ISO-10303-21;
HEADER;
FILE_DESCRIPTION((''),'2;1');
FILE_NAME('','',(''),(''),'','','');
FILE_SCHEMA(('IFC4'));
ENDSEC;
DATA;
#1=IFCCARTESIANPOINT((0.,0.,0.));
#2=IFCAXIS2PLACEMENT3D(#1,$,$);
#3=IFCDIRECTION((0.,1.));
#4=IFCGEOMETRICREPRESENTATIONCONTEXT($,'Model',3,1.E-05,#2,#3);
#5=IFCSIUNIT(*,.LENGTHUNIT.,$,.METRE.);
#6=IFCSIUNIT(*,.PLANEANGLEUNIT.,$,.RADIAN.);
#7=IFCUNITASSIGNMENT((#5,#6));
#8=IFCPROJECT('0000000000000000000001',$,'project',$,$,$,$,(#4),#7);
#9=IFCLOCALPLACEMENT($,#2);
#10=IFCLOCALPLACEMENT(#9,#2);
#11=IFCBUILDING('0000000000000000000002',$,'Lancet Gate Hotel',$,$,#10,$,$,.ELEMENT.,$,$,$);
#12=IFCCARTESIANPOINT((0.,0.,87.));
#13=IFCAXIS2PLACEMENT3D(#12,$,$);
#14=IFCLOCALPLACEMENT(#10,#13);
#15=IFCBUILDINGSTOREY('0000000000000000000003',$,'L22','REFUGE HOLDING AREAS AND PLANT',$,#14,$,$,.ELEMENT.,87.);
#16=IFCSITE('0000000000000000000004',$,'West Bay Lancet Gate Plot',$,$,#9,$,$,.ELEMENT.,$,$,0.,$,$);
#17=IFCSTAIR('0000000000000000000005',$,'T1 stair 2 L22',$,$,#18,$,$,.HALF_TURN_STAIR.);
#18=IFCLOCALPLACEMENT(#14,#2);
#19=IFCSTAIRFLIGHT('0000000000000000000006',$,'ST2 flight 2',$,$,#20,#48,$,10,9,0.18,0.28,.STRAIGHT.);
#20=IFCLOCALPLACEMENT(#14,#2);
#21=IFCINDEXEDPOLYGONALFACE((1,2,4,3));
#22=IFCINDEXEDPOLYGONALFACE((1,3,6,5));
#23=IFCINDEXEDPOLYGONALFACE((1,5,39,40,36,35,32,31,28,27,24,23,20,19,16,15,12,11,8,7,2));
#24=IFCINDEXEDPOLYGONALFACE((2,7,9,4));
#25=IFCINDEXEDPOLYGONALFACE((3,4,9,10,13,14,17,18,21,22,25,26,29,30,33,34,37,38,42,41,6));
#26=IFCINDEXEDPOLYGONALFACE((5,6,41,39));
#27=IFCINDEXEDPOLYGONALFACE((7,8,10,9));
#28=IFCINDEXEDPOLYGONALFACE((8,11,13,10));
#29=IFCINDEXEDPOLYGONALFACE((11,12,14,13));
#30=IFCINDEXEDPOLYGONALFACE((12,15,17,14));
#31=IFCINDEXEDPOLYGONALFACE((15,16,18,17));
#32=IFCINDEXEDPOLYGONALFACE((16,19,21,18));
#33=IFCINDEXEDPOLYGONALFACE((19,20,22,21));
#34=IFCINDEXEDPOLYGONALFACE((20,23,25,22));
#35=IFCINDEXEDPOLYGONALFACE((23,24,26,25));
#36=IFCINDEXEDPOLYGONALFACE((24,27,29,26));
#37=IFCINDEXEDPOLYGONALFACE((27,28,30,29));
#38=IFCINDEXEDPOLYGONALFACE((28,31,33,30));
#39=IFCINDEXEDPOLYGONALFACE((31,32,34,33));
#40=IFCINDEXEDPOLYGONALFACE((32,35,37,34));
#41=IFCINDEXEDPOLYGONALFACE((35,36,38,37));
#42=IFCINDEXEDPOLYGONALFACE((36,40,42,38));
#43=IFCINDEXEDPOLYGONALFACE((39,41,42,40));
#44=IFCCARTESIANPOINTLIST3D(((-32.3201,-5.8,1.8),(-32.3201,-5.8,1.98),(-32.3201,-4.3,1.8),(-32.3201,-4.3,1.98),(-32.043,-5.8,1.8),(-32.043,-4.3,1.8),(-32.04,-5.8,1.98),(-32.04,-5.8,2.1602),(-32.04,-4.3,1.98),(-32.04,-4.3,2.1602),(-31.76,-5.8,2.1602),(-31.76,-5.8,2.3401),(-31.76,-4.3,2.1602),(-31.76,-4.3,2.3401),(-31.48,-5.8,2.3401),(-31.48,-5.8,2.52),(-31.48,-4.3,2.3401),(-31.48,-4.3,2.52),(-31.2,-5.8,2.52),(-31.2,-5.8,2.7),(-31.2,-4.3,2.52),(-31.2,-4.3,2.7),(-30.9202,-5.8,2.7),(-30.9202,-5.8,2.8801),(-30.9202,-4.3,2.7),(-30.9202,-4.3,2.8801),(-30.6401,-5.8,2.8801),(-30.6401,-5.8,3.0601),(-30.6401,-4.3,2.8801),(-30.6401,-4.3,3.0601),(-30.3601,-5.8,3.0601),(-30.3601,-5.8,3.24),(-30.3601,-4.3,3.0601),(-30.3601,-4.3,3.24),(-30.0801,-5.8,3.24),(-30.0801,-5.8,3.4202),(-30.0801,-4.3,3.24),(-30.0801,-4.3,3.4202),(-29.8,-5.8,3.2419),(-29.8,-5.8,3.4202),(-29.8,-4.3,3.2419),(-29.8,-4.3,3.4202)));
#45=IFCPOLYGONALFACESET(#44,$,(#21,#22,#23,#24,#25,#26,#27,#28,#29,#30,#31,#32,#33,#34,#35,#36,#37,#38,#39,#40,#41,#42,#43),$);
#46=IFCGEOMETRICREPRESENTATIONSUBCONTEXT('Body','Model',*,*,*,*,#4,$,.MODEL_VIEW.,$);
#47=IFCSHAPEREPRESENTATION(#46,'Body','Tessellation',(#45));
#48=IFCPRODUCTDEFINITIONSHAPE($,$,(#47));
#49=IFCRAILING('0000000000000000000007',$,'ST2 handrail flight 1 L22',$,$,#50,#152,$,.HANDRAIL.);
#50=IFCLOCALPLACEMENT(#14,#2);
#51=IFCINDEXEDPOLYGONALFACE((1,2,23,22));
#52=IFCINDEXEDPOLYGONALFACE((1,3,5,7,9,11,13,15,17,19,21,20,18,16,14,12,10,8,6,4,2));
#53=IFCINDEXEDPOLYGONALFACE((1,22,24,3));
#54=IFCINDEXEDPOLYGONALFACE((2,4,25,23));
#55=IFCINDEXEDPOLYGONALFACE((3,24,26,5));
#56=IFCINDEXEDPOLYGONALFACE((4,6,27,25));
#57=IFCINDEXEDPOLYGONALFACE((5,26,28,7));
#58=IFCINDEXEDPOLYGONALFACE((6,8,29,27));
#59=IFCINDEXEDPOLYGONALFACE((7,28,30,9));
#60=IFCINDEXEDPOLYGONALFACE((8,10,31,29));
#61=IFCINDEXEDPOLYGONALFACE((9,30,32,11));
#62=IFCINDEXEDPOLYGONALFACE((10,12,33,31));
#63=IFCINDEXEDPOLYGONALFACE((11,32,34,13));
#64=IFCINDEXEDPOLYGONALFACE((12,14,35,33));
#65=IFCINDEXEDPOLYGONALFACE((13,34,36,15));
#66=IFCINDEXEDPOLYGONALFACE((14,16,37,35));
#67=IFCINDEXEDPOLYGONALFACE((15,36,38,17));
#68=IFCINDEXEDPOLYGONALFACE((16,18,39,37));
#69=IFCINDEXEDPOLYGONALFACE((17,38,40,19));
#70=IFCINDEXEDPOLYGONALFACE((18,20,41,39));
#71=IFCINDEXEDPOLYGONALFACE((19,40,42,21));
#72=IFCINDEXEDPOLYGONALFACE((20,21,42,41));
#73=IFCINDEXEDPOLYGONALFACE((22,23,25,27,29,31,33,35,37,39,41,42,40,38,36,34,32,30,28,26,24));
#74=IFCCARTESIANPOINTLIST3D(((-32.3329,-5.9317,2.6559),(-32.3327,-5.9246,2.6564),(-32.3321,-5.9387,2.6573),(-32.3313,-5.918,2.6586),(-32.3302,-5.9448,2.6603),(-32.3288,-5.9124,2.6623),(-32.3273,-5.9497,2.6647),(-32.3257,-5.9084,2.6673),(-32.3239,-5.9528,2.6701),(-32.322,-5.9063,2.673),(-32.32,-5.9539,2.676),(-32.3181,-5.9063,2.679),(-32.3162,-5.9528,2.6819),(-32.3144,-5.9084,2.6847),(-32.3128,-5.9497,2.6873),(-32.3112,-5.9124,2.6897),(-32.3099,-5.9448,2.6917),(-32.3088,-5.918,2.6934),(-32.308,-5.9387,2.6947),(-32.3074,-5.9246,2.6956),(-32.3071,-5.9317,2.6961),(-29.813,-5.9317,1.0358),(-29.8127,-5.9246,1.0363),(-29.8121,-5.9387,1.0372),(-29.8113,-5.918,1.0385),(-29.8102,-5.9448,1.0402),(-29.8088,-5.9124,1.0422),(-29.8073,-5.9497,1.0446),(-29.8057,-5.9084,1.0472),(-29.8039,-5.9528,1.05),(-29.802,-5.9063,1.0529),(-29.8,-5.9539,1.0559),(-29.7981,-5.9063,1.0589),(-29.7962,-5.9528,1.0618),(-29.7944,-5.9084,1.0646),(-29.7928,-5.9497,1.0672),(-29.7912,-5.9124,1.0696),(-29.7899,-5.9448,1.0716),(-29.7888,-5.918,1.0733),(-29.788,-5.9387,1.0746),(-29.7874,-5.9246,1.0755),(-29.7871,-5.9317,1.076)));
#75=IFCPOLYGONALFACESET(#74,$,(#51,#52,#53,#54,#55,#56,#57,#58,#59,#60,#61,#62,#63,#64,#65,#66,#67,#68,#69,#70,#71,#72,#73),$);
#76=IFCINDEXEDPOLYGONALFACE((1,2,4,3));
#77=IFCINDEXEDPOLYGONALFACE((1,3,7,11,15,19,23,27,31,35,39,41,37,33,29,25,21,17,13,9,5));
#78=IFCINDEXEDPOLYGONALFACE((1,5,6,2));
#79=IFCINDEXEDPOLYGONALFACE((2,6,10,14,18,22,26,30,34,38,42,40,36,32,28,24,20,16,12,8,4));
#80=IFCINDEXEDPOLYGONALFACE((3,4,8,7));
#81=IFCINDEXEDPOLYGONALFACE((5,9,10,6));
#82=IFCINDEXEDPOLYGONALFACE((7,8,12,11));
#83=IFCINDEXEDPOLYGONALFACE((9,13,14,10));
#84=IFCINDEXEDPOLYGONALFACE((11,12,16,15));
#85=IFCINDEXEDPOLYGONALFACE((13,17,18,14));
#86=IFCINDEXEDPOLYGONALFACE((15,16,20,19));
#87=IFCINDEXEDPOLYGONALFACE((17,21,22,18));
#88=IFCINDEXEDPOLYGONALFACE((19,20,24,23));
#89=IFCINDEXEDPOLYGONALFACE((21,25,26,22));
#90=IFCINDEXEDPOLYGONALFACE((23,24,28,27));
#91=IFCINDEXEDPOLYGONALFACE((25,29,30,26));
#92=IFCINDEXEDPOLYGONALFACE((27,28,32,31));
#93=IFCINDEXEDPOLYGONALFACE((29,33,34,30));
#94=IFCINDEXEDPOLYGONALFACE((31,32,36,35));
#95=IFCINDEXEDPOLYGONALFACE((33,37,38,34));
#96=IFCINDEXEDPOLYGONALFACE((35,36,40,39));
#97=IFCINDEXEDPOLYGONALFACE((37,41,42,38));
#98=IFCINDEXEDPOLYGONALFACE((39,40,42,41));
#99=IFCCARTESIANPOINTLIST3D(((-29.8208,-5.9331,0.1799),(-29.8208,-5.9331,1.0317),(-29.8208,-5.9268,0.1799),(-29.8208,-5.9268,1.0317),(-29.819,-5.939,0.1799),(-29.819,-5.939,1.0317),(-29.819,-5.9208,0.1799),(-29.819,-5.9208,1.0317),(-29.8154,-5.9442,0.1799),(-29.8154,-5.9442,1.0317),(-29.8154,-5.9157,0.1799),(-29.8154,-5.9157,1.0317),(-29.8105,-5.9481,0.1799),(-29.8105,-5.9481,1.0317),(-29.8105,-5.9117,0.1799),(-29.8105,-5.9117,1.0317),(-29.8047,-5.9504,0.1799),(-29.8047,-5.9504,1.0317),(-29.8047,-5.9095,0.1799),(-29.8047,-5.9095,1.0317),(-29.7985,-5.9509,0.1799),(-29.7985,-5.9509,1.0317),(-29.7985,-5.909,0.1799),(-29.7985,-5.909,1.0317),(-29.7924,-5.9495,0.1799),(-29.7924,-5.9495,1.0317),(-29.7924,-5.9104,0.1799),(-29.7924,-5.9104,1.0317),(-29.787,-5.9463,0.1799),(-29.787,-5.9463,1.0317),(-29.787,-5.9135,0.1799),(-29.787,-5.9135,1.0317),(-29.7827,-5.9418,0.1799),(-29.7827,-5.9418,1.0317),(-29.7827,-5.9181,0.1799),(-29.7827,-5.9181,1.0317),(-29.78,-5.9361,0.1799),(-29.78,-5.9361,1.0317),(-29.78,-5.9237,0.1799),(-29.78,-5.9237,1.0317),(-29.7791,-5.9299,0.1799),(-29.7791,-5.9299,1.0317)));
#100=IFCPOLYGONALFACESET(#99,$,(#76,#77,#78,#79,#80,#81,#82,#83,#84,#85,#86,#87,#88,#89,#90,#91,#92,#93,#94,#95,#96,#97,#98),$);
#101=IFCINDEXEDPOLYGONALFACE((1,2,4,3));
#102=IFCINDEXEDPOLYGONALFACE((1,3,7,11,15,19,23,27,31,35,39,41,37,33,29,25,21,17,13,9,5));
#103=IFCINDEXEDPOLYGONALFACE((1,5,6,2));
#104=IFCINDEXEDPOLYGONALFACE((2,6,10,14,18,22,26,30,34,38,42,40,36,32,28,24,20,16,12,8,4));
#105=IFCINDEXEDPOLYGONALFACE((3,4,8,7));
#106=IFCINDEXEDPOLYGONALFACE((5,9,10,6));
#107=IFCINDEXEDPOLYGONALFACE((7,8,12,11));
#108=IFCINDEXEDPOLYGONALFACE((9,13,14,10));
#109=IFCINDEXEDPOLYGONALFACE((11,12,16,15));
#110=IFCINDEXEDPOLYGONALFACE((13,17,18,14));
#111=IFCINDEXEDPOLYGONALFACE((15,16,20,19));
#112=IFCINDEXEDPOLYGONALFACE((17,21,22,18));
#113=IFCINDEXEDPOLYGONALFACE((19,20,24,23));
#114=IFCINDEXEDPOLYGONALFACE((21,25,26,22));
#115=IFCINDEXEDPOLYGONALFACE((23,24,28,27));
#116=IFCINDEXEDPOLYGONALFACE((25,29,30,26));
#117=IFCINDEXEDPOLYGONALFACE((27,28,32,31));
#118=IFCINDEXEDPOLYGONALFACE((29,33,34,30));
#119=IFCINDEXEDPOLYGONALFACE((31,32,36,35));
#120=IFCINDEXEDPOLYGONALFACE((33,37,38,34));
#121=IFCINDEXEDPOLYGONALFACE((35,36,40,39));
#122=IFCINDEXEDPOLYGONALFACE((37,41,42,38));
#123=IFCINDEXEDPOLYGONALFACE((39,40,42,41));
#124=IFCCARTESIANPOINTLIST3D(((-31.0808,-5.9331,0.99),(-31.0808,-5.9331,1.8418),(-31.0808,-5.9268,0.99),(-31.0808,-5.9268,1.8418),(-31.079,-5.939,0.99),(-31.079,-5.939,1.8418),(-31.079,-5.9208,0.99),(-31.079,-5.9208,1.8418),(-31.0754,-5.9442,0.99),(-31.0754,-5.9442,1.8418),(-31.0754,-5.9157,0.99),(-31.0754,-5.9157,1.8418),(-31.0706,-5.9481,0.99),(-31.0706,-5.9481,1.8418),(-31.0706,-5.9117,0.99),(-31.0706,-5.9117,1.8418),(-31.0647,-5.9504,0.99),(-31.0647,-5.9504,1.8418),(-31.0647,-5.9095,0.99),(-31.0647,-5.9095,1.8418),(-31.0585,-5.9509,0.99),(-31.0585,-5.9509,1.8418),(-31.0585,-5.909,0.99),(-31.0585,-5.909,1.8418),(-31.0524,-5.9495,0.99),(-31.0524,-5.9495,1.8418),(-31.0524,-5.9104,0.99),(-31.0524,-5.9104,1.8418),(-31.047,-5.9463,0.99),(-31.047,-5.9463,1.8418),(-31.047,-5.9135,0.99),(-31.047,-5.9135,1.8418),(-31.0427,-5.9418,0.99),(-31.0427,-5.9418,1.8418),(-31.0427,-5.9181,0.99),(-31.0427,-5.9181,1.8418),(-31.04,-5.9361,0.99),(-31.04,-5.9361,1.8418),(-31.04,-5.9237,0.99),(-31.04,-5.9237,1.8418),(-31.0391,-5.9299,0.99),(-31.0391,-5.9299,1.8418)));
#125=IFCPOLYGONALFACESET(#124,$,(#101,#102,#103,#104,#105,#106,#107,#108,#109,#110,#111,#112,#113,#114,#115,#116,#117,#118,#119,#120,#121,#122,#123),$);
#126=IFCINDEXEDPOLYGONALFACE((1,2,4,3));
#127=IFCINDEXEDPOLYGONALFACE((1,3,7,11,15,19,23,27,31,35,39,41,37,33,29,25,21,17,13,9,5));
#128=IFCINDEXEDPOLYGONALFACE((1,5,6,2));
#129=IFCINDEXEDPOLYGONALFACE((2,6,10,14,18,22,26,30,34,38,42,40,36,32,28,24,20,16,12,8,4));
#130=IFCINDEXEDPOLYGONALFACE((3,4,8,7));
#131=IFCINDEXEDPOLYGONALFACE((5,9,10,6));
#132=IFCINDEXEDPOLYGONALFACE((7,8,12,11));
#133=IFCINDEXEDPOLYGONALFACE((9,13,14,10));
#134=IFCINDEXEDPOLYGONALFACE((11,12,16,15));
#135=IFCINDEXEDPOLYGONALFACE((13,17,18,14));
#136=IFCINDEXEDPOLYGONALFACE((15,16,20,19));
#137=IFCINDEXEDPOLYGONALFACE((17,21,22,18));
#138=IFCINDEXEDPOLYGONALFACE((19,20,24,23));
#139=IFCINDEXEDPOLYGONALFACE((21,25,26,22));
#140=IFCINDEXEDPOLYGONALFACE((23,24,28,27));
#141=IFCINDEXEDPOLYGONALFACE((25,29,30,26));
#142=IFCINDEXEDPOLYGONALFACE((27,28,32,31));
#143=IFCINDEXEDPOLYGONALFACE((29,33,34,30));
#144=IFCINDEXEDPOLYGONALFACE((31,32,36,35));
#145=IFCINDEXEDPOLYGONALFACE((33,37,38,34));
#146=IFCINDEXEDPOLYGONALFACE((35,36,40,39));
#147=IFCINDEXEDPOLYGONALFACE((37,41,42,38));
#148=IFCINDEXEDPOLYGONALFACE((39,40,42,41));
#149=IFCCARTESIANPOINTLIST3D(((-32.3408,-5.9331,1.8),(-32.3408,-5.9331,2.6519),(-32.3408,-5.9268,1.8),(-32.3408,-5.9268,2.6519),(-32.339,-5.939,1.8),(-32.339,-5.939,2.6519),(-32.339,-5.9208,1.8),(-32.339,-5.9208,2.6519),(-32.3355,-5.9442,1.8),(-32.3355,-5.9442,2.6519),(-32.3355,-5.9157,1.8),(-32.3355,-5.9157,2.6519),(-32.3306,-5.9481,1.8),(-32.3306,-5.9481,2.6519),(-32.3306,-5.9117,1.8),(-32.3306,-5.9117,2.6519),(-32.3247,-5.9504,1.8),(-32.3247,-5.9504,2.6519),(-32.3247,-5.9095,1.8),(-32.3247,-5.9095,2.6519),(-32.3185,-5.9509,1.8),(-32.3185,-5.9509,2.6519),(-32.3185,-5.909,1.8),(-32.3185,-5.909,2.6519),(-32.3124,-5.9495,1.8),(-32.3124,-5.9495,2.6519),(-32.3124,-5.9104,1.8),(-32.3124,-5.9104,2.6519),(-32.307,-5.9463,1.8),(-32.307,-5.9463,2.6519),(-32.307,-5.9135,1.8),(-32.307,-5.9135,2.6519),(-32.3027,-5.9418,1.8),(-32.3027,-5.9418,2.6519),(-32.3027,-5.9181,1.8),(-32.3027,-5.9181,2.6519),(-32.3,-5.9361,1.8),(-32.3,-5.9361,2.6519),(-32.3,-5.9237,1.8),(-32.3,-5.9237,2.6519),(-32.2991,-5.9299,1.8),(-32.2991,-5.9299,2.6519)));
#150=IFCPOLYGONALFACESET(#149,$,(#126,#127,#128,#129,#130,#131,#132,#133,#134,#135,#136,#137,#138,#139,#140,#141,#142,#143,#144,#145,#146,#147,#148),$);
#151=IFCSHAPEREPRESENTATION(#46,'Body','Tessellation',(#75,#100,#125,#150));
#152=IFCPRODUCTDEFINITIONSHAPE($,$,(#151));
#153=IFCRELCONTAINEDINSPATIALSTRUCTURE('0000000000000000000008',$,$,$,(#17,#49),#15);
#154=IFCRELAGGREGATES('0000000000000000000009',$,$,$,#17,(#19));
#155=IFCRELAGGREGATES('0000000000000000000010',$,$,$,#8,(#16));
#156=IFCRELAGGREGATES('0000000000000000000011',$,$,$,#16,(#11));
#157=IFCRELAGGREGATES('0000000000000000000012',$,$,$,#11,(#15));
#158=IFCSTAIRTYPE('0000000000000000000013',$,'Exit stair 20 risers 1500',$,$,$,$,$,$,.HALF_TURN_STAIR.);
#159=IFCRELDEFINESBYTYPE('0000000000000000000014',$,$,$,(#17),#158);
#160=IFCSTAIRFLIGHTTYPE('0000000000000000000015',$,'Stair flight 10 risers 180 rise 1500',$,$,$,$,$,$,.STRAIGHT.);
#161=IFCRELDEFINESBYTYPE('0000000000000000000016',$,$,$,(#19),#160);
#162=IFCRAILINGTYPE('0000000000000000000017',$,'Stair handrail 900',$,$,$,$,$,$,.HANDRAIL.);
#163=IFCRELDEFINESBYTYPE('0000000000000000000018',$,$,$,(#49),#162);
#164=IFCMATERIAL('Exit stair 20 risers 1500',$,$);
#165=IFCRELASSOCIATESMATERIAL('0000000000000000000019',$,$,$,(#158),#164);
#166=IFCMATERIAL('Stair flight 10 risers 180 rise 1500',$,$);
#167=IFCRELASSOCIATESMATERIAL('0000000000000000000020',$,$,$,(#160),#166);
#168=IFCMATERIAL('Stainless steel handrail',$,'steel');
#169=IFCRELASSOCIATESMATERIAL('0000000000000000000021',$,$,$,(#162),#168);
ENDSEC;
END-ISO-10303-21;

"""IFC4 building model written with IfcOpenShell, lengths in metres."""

from ifc_helpers import new_model, si_unit, direction, frame, origin, origin_2d, place, context, subcontext, project, spatial, polyline, circle, outline, extrude, material, type_object, element, aggregate, save


model = new_model("IFC4")

# Units and contexts
model_context = context("Model", 3, precision=1e-05, world=origin(), true_north=direction((0.0, 1.0)))
body_context = subcontext(model_context, "Body", "Model", "MODEL_VIEW")
ifc_project = project(units=[si_unit("LENGTHUNIT", "METRE"), si_unit("PLANEANGLEUNIT", "RADIAN")], contexts=[model_context])

# Site, building, storey
site_placement = place(None, origin())
site = spatial("IfcSite", under=ifc_project, at=site_placement, Name="West Bay Lancet Gate Plot", CompositionType="ELEMENT", RefElevation=0.0)
building_placement = place(site_placement, origin())
building = spatial("IfcBuilding", under=site, at=building_placement, Name="Lancet Gate Hotel", CompositionType="ELEMENT")
storey_placement = place(building_placement, frame((0.0, 0.0, 87.0)))
storey = spatial("IfcBuildingStorey", under=building, at=storey_placement, Name="L22", Description="REFUGE HOLDING AREAS AND PLANT", CompositionType="ELEMENT", Elevation=87.0)

# Stair, stair flight
ifc_material_1 = material(Name="Exit stair 20 risers 1500")
stair_type = type_object("IfcStairType", Name="Exit stair 20 risers 1500", PredefinedType="HALF_TURN_STAIR", material=ifc_material_1)
stair_placement = place(storey_placement, origin())
stair = element("IfcStair", 1, at=stair_placement, inside=storey, type_object=stair_type, Name="T1 stair 2 L22", PredefinedType="HALF_TURN_STAIR")
ifc_material_2 = material(Name="Stair flight 10 risers 180 rise 1500")
stair_flight_type = type_object("IfcStairFlightType", Name="Stair flight 10 risers 180 rise 1500", PredefinedType="STRAIGHT", material=ifc_material_2)
stair_flight_1_placement = place(storey_placement, frame((-32.3201, -5.05, 1.8), z_axis=(0.0, 0.0, 1.0), x_axis=(1.0, 0.0, 0.0)))
stair_flight_1 = element("IfcStairFlight", 2, at=stair_flight_1_placement, type_object=stair_flight_type, Name="ST2 flight 2", NumberOfRisers=10, NumberOfTreads=9, PredefinedType="STRAIGHT", RiserHeight=0.18, TreadLength=0.28, context=body_context, shape_type="SweptSolid", body=[
    extrude(outline(polyline([(0.0, 0.0), (0.0, 0.1799), (0.28, 0.1799), (0.28, 0.3601), (0.5601, 0.3601), (0.5601, 0.54), (0.8401, 0.54), (0.8401, 0.72), (1.1201, 0.72), (1.1201, 0.8999), (1.3999, 0.8999), (1.3999, 1.0801), (1.6799, 1.0801), (1.6799, 1.26), (1.96, 1.26), (1.96, 1.4399), (2.24, 1.4399), (2.24, 1.6201), (2.52, 1.6201), (2.52, 1.8), (2.52, 1.4419), (0.2771, 0.0), (0.0, 0.0)])), frame((0.0, 0.75, 0.0), z_axis=(0.0, -1.0, 0.0), x_axis=(1.0, 0.0, 0.0)), (0.0, 0.0, 1.0), 1.5),
])
aggregate(stair, [stair_flight_1])

# Railing
ifc_material_3 = material(Name="Stainless steel handrail", Category="steel")
railing_type = type_object("IfcRailingType", Name="Stair handrail 900", PredefinedType="HANDRAIL", material=ifc_material_3)
railing_1_placement = place(storey_placement, frame((-29.8, -5.9299, 0.1799)))
element("IfcRailing", 3, at=railing_1_placement, inside=storey, type_object=railing_type, Name="ST2 handrail flight 1 L22", PredefinedType="HANDRAIL", context=body_context, shape_type="SweptSolid", body=[
    extrude(circle(Radius=0.0239, at=origin_2d()), frame((0.0, 0.0, 0.876), z_axis=(-0.841163, 0.0, 0.540782), x_axis=(0.0, -1.0, 0.0)), (0.0, 0.0, 1.0), 2.9958),
    extrude(circle(Radius=0.021, at=origin_2d()), origin(), (0.0, 0.0, 1.0), 0.8518),
    extrude(circle(Radius=0.021, at=origin_2d()), frame((-1.26, 0.0, 0.8101)), (0.0, 0.0, 1.0), 0.8518),
    extrude(circle(Radius=0.021, at=origin_2d()), frame((-2.52, 0.0, 1.6201)), (0.0, 0.0, 1.0), 0.8518),
])

save(model, "model.ifc")
